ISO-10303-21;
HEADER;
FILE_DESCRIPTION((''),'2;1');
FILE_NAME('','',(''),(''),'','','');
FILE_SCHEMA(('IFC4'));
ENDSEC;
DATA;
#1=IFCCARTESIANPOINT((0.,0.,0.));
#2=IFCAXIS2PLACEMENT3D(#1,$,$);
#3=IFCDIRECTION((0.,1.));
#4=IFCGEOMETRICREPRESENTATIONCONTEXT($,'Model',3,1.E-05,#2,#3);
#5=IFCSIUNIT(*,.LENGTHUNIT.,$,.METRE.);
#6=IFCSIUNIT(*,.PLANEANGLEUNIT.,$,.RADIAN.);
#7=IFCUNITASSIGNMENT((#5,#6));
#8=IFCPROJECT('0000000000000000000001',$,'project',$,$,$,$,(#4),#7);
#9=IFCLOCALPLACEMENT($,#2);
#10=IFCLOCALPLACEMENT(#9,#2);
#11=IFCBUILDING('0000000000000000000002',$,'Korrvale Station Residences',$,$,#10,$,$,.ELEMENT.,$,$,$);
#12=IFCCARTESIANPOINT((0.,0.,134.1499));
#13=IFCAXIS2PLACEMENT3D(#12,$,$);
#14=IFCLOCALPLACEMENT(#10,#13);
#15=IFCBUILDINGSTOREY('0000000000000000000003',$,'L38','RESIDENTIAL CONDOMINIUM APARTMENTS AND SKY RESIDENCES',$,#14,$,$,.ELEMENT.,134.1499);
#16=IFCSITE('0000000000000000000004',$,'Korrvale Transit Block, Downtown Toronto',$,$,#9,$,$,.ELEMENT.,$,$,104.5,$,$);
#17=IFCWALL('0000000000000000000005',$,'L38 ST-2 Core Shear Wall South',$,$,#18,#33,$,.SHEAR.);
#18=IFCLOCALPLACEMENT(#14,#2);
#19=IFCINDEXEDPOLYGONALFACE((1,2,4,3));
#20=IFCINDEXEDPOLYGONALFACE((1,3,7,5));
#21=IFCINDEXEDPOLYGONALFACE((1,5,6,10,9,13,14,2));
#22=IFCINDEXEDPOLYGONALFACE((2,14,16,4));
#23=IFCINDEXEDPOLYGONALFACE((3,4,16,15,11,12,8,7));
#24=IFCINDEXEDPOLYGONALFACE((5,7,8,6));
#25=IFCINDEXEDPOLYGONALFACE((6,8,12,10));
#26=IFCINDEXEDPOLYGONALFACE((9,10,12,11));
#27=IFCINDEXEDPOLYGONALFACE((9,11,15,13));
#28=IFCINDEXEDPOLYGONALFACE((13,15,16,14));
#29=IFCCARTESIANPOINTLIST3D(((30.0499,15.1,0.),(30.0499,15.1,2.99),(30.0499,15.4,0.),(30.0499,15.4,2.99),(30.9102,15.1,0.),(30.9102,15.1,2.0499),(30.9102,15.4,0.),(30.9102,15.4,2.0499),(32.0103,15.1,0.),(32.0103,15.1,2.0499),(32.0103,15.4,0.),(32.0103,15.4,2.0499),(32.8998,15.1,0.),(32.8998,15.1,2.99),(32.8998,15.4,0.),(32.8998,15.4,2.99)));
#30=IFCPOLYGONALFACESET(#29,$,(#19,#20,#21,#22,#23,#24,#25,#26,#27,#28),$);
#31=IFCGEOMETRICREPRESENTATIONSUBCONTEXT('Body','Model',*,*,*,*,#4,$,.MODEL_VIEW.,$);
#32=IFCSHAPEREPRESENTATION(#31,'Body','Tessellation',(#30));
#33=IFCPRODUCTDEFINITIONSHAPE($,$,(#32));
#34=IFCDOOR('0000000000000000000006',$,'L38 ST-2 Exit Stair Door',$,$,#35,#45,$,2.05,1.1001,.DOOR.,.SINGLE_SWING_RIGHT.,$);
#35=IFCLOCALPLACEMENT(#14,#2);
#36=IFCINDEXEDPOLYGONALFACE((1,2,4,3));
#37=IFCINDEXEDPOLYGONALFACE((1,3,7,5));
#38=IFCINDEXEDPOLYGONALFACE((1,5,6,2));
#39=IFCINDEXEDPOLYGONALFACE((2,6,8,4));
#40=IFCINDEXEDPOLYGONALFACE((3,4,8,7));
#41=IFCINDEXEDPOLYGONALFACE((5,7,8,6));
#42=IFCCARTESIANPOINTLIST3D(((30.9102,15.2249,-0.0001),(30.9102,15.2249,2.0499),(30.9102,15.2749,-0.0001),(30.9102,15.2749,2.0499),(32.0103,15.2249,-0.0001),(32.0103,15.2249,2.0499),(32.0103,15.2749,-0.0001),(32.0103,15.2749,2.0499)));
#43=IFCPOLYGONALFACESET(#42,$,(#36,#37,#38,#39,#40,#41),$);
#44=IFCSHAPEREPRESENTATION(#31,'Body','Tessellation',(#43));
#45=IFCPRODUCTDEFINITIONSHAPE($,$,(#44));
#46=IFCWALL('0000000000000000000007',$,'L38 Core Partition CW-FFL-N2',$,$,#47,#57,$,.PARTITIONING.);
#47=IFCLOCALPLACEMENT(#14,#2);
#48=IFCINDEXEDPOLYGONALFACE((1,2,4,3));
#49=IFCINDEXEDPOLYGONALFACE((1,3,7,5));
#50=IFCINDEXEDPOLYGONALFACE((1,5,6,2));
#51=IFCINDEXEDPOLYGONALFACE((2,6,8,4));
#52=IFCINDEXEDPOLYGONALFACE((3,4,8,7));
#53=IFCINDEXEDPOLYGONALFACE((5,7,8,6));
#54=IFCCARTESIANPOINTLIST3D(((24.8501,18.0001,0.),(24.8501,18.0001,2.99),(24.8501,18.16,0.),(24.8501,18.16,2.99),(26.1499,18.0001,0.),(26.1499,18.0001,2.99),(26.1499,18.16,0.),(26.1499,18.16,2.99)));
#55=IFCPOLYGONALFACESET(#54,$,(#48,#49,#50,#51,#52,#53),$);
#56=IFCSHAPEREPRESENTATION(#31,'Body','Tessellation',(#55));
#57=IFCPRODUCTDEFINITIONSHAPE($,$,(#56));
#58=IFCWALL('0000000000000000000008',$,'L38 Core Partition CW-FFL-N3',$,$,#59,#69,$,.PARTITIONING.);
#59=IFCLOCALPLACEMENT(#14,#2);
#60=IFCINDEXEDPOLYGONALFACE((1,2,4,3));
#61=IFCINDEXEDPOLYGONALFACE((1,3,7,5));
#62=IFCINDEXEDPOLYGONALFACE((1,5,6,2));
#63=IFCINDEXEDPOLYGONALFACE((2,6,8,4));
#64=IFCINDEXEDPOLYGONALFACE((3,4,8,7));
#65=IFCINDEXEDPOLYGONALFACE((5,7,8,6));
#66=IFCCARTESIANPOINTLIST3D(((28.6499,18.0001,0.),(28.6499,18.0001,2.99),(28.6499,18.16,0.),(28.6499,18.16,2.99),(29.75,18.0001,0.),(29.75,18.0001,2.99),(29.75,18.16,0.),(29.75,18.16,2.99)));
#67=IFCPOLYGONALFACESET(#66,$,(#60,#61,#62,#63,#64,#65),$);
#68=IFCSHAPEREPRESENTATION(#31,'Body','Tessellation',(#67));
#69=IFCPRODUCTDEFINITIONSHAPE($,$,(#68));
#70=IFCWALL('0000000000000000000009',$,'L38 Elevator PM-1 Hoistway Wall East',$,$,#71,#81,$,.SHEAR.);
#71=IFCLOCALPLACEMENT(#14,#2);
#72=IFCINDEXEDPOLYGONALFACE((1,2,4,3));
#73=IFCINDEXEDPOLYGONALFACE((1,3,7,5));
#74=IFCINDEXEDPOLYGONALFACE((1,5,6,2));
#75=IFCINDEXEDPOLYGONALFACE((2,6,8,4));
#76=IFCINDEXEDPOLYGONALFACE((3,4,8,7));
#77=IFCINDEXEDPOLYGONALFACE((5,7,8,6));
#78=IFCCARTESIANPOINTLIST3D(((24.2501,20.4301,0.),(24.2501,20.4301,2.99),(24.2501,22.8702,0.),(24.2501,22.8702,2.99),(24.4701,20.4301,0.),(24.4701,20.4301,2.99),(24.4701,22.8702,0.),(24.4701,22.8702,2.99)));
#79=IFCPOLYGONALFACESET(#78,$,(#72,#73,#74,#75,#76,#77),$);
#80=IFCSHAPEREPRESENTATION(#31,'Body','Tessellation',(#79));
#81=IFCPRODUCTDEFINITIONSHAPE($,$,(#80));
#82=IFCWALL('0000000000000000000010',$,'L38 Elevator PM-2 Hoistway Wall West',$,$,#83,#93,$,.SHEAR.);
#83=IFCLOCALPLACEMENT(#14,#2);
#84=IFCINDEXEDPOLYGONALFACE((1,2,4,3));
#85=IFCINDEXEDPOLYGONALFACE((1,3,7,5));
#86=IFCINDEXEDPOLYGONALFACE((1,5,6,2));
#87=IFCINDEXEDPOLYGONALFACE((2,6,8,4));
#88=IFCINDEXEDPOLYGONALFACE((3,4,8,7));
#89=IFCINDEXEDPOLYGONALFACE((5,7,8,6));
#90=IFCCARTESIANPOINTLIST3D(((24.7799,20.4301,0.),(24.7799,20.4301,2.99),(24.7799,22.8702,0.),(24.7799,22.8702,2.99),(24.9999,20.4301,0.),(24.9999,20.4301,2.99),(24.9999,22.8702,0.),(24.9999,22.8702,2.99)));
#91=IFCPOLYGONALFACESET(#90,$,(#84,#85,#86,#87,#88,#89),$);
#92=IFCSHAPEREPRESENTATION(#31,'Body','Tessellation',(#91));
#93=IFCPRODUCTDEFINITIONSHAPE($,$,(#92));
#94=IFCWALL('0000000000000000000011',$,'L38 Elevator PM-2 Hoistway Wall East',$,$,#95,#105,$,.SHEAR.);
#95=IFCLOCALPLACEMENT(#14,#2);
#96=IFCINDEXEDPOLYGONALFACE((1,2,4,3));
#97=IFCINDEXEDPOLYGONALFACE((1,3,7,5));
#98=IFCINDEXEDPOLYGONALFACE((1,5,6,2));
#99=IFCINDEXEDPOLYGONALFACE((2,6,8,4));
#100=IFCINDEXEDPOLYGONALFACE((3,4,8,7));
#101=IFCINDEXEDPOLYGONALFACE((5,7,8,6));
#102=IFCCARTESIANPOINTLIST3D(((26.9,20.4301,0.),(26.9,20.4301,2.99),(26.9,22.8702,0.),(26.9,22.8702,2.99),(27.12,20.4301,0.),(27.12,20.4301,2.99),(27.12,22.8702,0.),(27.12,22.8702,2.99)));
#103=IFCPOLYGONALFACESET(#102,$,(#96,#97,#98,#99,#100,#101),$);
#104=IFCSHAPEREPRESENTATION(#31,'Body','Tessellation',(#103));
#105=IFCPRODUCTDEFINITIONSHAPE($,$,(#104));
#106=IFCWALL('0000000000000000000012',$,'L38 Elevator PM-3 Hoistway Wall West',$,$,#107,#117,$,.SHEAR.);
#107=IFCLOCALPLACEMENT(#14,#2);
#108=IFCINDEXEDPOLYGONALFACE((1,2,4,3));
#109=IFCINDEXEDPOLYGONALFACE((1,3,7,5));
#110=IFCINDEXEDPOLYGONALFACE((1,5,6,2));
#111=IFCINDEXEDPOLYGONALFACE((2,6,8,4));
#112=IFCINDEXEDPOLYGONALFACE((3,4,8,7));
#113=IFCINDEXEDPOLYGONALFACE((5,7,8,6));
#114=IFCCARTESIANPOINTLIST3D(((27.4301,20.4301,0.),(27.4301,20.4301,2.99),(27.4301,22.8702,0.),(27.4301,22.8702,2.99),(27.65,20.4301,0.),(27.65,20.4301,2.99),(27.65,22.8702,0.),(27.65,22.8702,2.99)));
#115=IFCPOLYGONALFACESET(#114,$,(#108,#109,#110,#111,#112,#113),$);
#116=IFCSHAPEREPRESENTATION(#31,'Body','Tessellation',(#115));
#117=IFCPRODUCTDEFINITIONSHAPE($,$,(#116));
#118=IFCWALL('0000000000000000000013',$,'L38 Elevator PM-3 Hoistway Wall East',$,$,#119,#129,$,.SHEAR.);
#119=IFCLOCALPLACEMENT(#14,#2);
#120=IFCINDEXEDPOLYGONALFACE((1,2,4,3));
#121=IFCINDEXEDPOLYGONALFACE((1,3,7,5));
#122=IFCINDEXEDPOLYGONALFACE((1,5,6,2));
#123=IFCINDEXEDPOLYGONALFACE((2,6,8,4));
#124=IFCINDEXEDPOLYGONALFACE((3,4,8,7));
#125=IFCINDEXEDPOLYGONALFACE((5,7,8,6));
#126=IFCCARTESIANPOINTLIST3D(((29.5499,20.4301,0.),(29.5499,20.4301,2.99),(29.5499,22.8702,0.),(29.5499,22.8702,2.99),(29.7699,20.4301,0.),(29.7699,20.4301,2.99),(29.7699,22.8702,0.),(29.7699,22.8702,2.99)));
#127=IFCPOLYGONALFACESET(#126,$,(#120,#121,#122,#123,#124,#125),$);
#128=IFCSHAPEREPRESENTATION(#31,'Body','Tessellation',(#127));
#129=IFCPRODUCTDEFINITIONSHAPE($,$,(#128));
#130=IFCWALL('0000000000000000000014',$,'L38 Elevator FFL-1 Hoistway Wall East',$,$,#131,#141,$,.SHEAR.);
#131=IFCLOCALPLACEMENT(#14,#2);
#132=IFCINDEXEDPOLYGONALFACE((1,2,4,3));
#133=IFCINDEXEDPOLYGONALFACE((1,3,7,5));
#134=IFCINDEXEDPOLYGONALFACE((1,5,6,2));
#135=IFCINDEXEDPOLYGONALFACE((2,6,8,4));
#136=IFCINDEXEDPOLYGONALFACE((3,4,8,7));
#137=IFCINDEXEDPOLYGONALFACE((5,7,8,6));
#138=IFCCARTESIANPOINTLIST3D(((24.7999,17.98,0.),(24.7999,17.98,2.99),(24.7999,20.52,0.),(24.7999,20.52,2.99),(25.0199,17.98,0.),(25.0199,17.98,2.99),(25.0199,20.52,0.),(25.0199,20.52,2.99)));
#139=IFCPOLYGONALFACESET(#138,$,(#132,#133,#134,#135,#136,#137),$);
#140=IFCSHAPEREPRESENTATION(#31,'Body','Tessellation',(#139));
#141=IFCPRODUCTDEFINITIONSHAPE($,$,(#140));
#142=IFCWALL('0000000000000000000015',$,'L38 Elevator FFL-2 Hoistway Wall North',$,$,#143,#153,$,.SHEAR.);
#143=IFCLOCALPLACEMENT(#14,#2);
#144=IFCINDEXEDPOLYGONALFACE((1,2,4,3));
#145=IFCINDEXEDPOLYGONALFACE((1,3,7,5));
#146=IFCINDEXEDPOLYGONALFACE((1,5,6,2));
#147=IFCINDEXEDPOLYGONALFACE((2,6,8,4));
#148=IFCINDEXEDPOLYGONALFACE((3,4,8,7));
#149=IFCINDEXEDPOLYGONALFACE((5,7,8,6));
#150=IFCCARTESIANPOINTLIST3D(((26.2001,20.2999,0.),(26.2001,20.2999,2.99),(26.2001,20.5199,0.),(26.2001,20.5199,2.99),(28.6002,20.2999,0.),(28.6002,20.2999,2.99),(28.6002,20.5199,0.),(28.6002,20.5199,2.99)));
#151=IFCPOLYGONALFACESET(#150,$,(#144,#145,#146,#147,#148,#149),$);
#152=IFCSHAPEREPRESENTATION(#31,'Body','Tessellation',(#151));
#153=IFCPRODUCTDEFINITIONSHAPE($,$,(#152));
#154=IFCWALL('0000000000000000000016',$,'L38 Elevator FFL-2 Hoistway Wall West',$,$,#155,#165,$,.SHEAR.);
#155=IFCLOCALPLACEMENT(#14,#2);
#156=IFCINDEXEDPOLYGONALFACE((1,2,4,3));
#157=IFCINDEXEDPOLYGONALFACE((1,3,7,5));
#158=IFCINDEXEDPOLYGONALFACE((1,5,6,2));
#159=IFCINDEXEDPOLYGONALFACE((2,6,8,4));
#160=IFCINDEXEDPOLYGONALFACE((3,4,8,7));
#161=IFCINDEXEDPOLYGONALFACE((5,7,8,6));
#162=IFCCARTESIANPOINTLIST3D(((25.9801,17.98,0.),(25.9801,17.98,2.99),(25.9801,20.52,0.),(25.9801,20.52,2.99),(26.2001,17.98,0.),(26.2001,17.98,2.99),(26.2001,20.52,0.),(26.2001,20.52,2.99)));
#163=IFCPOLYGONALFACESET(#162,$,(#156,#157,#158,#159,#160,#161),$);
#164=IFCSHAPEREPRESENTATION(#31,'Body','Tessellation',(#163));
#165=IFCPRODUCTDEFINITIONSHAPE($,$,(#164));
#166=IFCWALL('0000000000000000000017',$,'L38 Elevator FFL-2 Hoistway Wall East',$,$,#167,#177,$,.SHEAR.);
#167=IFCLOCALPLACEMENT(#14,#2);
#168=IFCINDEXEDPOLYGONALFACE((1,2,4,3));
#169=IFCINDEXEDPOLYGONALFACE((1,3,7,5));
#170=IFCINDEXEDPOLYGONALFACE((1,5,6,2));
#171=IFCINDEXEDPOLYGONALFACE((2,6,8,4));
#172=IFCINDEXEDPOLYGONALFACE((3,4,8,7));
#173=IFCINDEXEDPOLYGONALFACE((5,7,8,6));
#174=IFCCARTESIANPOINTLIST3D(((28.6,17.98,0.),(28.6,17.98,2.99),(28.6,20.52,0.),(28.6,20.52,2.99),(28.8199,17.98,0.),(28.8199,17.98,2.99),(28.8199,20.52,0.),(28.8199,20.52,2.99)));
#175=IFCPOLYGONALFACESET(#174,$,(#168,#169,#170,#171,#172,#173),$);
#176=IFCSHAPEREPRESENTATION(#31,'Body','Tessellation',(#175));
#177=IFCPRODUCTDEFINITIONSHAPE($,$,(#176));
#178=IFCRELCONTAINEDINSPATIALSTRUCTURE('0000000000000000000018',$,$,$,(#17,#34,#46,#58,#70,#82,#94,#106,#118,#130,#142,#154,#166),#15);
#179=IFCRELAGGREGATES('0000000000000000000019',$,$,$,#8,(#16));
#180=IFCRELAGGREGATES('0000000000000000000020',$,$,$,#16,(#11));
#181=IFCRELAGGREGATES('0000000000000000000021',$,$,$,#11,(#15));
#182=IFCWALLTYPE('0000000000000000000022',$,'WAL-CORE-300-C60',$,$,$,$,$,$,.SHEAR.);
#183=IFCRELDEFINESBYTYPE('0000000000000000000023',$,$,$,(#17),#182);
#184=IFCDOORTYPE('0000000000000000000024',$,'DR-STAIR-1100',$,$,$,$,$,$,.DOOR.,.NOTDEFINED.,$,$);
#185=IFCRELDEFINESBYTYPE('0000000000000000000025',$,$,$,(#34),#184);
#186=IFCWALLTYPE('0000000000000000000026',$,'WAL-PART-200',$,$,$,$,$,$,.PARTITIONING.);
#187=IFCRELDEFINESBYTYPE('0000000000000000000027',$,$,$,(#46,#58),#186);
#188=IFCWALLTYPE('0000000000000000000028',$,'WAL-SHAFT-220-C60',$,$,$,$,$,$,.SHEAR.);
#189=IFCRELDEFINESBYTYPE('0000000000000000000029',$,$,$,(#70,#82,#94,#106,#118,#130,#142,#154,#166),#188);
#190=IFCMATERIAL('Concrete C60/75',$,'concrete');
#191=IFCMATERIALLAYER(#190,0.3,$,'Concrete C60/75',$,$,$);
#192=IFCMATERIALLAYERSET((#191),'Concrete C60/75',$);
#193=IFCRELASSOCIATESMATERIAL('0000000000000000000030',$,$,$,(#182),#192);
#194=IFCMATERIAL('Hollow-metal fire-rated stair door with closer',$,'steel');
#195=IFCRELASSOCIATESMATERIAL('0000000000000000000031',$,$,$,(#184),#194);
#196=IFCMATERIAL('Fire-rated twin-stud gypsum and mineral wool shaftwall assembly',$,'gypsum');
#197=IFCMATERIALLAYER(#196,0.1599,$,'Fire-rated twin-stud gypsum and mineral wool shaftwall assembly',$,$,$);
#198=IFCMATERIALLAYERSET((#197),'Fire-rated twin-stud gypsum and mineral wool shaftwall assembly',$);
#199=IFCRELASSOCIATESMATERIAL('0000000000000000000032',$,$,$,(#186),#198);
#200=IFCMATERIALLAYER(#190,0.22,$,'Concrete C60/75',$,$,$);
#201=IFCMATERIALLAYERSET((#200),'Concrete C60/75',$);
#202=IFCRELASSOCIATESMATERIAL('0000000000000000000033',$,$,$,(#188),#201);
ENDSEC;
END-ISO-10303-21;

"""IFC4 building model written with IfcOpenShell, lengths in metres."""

from ifc_helpers import new_model, si_unit, direction, frame, frame_2d, origin, place, context, subcontext, project, spatial, rectangle, extrude, material, layer, layer_set, type_object, element, fill, save


model = new_model("IFC4")

# Units and contexts
model_context = context("Model", 3, precision=1e-05, world=origin(), true_north=direction((0.0, 1.0)))
body_context = subcontext(model_context, "Body", "Model", "MODEL_VIEW")
ifc_project = project(units=[si_unit("LENGTHUNIT", "METRE"), si_unit("PLANEANGLEUNIT", "RADIAN")], contexts=[model_context])

# Site, building, storey
site_placement = place(None, origin())
site = spatial("IfcSite", under=ifc_project, at=site_placement, Name="Korrvale Transit Block, Downtown Toronto", CompositionType="ELEMENT", RefElevation=104.5)
building_placement = place(site_placement, origin())
building = spatial("IfcBuilding", under=site, at=building_placement, Name="Korrvale Station Residences", CompositionType="ELEMENT")
storey_placement = place(building_placement, frame((0.0, 0.0, 134.1499)))
storey = spatial("IfcBuildingStorey", under=building, at=storey_placement, Name="L38", Description="RESIDENTIAL CONDOMINIUM APARTMENTS AND SKY RESIDENCES", CompositionType="ELEMENT", Elevation=134.1499)

# Wall, opening, door
ifc_material_1 = material(Name="Concrete C60/75", Category="concrete")
ifc_layer_1 = layer(ifc_material_1, 0.3, Name="Concrete C60/75")
ifc_layer_set_1 = layer_set([ifc_layer_1], Name="Concrete C60/75")
wall_type_1 = type_object("IfcWallType", Name="WAL-CORE-300-C60", PredefinedType="SHEAR", material=ifc_layer_set_1)
wall_1_placement = place(storey_placement, frame((30.05, 15.25, 0.0), z_axis=(0.0, 0.0, 1.0), x_axis=(1.0, 0.0, 0.0)))
wall_1 = element("IfcWall", 1, at=wall_1_placement, inside=storey, type_object=wall_type_1, Name="L38 ST-2 Core Shear Wall South", PredefinedType="SHEAR", context=body_context, shape_type="SweptSolid", body=[
    extrude(rectangle(XDim=2.8499, YDim=0.3, at=frame_2d((1.4248, 0.0))), origin(), (0.0, 0.0, 1.0), 2.99),
])
opening_1_placement = place(wall_1_placement, frame((0.8601, 0.0, 0.0)))
opening_1 = element("IfcOpeningElement", 2, at=opening_1_placement, cuts=wall_1, PredefinedType="OPENING", context=body_context, shape_type="SweptSolid", body=[
    extrude(rectangle(XDim=1.1001, YDim=2.05, at=frame_2d((0.55, 1.0249))), frame((0.0, 0.1602, 0.0), z_axis=(0.0, -1.0, 0.0), x_axis=(1.0, 0.0, 0.0)), (0.0, 0.0, 1.0), 0.3201),
])
ifc_material_2 = material(Name="Hollow-metal fire-rated stair door with closer", Category="steel")
door_type_1 = type_object("IfcDoorType", Name="DR-STAIR-1100", OperationType="NOTDEFINED", PredefinedType="DOOR", material=ifc_material_2)
door_1_placement = place(opening_1_placement, origin())
door_1 = element("IfcDoor", 3, at=door_1_placement, inside=storey, type_object=door_type_1, Name="L38 ST-2 Exit Stair Door", OperationType="SINGLE_SWING_RIGHT", OverallHeight=2.05, OverallWidth=1.1001, PredefinedType="DOOR", context=body_context, shape_type="SweptSolid", body=[
    extrude(rectangle(XDim=1.1001, YDim=2.05, at=frame_2d((0.55, 1.0249))), frame((0.0, 0.0249, 0.0), z_axis=(0.0, -1.0, 0.0), x_axis=(1.0, 0.0, 0.0)), (0.0, 0.0, 1.0), 0.05),
])
fill(opening_1, door_1)

# Walls
ifc_material_3 = material(Name="Fire-rated twin-stud gypsum and mineral wool shaftwall assembly", Category="gypsum")
ifc_layer_2 = layer(ifc_material_3, 0.1599, Name="Fire-rated twin-stud gypsum and mineral wool shaftwall assembly")
ifc_layer_set_2 = layer_set([ifc_layer_2], Name="Fire-rated twin-stud gypsum and mineral wool shaftwall assembly")
wall_type_2 = type_object("IfcWallType", Name="WAL-PART-200", PredefinedType="PARTITIONING", material=ifc_layer_set_2)
wall_2_placement = place(storey_placement, frame((24.8501, 18.0801, 0.0), z_axis=(0.0, 0.0, 1.0), x_axis=(1.0, 0.0, 0.0)))
element("IfcWall", 4, at=wall_2_placement, inside=storey, type_object=wall_type_2, Name="L38 Core Partition CW-FFL-N2", PredefinedType="PARTITIONING", context=body_context, shape_type="SweptSolid", body=[
    extrude(rectangle(XDim=1.2998, YDim=0.1599, at=frame_2d((0.6499, 0.0))), origin(), (0.0, 0.0, 1.0), 2.99),
])
wall_3_placement = place(storey_placement, frame((28.6499, 18.0801, 0.0), z_axis=(0.0, 0.0, 1.0), x_axis=(1.0, 0.0, 0.0)))
element("IfcWall", 5, at=wall_3_placement, inside=storey, type_object=wall_type_2, Name="L38 Core Partition CW-FFL-N3", PredefinedType="PARTITIONING", context=body_context, shape_type="SweptSolid", body=[
    extrude(rectangle(XDim=1.1001, YDim=0.1599, at=frame_2d((0.55, 0.0))), origin(), (0.0, 0.0, 1.0), 2.99),
])
ifc_layer_3 = layer(ifc_material_1, 0.22, Name="Concrete C60/75")
ifc_layer_set_3 = layer_set([ifc_layer_3], Name="Concrete C60/75")
wall_type_3 = type_object("IfcWallType", Name="WAL-SHAFT-220-C60", PredefinedType="SHEAR", material=ifc_layer_set_3)
for number, where, z_axis, x_axis, name in (
    (6, (24.3601, 20.4299, 0.0), (0.0, 0.0, 1.0), (0.0, 1.0, 0.0), "L38 Elevator PM-1 Hoistway Wall East"),
    (7, (24.8899, 20.4299, 0.0), (0.0, 0.0, 1.0), (0.0, 1.0, 0.0), "L38 Elevator PM-2 Hoistway Wall West"),
    (8, (27.01, 20.4299, 0.0), (0.0, 0.0, 1.0), (0.0, 1.0, 0.0), "L38 Elevator PM-2 Hoistway Wall East"),
    (9, (27.54, 20.4299, 0.0), (0.0, 0.0, 1.0), (0.0, 1.0, 0.0), "L38 Elevator PM-3 Hoistway Wall West"),
    (10, (29.6599, 20.4299, 0.0), (0.0, 0.0, 1.0), (0.0, 1.0, 0.0), "L38 Elevator PM-3 Hoistway Wall East"),
):
    element("IfcWall", number, at=place(storey_placement, frame(where, z_axis=z_axis, x_axis=x_axis)), inside=storey, type_object=wall_type_3, Name=name, PredefinedType="SHEAR", context=body_context, shape_type="SweptSolid", body=[
        extrude(rectangle(XDim=2.4402, YDim=0.22, at=frame_2d((1.2202, 0.0))), origin(), (0.0, 0.0, 1.0), 2.99),
    ])
wall_4_placement = place(storey_placement, frame((24.9099, 17.98, 0.0), z_axis=(0.0, 0.0, 1.0), x_axis=(0.0, 1.0, 0.0)))
element("IfcWall", 11, at=wall_4_placement, inside=storey, type_object=wall_type_3, Name="L38 Elevator FFL-1 Hoistway Wall East", PredefinedType="SHEAR", context=body_context, shape_type="SweptSolid", body=[
    extrude(rectangle(XDim=2.54, YDim=0.22, at=frame_2d((1.27, 0.0))), origin(), (0.0, 0.0, 1.0), 2.99),
])

# Walls
wall_5_placement = place(storey_placement, frame((26.2, 20.4099, 0.0), z_axis=(0.0, 0.0, 1.0), x_axis=(1.0, 0.0, 0.0)))
element("IfcWall", 12, at=wall_5_placement, inside=storey, type_object=wall_type_3, Name="L38 Elevator FFL-2 Hoistway Wall North", PredefinedType="SHEAR", context=body_context, shape_type="SweptSolid", body=[
    extrude(rectangle(XDim=2.4001, YDim=0.22, at=frame_2d((1.2002, 0.0))), origin(), (0.0, 0.0, 1.0), 2.99),
])
for number, where, z_axis, x_axis, name in (
    (13, (26.0901, 17.98, 0.0), (0.0, 0.0, 1.0), (0.0, 1.0, 0.0), "L38 Elevator FFL-2 Hoistway Wall West"),
    (14, (28.71, 17.98, 0.0), (0.0, 0.0, 1.0), (0.0, 1.0, 0.0), "L38 Elevator FFL-2 Hoistway Wall East"),
):
    element("IfcWall", number, at=place(storey_placement, frame(where, z_axis=z_axis, x_axis=x_axis)), inside=storey, type_object=wall_type_3, Name=name, PredefinedType="SHEAR", context=body_context, shape_type="SweptSolid", body=[
        extrude(rectangle(XDim=2.54, YDim=0.22, at=frame_2d((1.27, 0.0))), origin(), (0.0, 0.0, 1.0), 2.99),
    ])

save(model, "model.ifc")
